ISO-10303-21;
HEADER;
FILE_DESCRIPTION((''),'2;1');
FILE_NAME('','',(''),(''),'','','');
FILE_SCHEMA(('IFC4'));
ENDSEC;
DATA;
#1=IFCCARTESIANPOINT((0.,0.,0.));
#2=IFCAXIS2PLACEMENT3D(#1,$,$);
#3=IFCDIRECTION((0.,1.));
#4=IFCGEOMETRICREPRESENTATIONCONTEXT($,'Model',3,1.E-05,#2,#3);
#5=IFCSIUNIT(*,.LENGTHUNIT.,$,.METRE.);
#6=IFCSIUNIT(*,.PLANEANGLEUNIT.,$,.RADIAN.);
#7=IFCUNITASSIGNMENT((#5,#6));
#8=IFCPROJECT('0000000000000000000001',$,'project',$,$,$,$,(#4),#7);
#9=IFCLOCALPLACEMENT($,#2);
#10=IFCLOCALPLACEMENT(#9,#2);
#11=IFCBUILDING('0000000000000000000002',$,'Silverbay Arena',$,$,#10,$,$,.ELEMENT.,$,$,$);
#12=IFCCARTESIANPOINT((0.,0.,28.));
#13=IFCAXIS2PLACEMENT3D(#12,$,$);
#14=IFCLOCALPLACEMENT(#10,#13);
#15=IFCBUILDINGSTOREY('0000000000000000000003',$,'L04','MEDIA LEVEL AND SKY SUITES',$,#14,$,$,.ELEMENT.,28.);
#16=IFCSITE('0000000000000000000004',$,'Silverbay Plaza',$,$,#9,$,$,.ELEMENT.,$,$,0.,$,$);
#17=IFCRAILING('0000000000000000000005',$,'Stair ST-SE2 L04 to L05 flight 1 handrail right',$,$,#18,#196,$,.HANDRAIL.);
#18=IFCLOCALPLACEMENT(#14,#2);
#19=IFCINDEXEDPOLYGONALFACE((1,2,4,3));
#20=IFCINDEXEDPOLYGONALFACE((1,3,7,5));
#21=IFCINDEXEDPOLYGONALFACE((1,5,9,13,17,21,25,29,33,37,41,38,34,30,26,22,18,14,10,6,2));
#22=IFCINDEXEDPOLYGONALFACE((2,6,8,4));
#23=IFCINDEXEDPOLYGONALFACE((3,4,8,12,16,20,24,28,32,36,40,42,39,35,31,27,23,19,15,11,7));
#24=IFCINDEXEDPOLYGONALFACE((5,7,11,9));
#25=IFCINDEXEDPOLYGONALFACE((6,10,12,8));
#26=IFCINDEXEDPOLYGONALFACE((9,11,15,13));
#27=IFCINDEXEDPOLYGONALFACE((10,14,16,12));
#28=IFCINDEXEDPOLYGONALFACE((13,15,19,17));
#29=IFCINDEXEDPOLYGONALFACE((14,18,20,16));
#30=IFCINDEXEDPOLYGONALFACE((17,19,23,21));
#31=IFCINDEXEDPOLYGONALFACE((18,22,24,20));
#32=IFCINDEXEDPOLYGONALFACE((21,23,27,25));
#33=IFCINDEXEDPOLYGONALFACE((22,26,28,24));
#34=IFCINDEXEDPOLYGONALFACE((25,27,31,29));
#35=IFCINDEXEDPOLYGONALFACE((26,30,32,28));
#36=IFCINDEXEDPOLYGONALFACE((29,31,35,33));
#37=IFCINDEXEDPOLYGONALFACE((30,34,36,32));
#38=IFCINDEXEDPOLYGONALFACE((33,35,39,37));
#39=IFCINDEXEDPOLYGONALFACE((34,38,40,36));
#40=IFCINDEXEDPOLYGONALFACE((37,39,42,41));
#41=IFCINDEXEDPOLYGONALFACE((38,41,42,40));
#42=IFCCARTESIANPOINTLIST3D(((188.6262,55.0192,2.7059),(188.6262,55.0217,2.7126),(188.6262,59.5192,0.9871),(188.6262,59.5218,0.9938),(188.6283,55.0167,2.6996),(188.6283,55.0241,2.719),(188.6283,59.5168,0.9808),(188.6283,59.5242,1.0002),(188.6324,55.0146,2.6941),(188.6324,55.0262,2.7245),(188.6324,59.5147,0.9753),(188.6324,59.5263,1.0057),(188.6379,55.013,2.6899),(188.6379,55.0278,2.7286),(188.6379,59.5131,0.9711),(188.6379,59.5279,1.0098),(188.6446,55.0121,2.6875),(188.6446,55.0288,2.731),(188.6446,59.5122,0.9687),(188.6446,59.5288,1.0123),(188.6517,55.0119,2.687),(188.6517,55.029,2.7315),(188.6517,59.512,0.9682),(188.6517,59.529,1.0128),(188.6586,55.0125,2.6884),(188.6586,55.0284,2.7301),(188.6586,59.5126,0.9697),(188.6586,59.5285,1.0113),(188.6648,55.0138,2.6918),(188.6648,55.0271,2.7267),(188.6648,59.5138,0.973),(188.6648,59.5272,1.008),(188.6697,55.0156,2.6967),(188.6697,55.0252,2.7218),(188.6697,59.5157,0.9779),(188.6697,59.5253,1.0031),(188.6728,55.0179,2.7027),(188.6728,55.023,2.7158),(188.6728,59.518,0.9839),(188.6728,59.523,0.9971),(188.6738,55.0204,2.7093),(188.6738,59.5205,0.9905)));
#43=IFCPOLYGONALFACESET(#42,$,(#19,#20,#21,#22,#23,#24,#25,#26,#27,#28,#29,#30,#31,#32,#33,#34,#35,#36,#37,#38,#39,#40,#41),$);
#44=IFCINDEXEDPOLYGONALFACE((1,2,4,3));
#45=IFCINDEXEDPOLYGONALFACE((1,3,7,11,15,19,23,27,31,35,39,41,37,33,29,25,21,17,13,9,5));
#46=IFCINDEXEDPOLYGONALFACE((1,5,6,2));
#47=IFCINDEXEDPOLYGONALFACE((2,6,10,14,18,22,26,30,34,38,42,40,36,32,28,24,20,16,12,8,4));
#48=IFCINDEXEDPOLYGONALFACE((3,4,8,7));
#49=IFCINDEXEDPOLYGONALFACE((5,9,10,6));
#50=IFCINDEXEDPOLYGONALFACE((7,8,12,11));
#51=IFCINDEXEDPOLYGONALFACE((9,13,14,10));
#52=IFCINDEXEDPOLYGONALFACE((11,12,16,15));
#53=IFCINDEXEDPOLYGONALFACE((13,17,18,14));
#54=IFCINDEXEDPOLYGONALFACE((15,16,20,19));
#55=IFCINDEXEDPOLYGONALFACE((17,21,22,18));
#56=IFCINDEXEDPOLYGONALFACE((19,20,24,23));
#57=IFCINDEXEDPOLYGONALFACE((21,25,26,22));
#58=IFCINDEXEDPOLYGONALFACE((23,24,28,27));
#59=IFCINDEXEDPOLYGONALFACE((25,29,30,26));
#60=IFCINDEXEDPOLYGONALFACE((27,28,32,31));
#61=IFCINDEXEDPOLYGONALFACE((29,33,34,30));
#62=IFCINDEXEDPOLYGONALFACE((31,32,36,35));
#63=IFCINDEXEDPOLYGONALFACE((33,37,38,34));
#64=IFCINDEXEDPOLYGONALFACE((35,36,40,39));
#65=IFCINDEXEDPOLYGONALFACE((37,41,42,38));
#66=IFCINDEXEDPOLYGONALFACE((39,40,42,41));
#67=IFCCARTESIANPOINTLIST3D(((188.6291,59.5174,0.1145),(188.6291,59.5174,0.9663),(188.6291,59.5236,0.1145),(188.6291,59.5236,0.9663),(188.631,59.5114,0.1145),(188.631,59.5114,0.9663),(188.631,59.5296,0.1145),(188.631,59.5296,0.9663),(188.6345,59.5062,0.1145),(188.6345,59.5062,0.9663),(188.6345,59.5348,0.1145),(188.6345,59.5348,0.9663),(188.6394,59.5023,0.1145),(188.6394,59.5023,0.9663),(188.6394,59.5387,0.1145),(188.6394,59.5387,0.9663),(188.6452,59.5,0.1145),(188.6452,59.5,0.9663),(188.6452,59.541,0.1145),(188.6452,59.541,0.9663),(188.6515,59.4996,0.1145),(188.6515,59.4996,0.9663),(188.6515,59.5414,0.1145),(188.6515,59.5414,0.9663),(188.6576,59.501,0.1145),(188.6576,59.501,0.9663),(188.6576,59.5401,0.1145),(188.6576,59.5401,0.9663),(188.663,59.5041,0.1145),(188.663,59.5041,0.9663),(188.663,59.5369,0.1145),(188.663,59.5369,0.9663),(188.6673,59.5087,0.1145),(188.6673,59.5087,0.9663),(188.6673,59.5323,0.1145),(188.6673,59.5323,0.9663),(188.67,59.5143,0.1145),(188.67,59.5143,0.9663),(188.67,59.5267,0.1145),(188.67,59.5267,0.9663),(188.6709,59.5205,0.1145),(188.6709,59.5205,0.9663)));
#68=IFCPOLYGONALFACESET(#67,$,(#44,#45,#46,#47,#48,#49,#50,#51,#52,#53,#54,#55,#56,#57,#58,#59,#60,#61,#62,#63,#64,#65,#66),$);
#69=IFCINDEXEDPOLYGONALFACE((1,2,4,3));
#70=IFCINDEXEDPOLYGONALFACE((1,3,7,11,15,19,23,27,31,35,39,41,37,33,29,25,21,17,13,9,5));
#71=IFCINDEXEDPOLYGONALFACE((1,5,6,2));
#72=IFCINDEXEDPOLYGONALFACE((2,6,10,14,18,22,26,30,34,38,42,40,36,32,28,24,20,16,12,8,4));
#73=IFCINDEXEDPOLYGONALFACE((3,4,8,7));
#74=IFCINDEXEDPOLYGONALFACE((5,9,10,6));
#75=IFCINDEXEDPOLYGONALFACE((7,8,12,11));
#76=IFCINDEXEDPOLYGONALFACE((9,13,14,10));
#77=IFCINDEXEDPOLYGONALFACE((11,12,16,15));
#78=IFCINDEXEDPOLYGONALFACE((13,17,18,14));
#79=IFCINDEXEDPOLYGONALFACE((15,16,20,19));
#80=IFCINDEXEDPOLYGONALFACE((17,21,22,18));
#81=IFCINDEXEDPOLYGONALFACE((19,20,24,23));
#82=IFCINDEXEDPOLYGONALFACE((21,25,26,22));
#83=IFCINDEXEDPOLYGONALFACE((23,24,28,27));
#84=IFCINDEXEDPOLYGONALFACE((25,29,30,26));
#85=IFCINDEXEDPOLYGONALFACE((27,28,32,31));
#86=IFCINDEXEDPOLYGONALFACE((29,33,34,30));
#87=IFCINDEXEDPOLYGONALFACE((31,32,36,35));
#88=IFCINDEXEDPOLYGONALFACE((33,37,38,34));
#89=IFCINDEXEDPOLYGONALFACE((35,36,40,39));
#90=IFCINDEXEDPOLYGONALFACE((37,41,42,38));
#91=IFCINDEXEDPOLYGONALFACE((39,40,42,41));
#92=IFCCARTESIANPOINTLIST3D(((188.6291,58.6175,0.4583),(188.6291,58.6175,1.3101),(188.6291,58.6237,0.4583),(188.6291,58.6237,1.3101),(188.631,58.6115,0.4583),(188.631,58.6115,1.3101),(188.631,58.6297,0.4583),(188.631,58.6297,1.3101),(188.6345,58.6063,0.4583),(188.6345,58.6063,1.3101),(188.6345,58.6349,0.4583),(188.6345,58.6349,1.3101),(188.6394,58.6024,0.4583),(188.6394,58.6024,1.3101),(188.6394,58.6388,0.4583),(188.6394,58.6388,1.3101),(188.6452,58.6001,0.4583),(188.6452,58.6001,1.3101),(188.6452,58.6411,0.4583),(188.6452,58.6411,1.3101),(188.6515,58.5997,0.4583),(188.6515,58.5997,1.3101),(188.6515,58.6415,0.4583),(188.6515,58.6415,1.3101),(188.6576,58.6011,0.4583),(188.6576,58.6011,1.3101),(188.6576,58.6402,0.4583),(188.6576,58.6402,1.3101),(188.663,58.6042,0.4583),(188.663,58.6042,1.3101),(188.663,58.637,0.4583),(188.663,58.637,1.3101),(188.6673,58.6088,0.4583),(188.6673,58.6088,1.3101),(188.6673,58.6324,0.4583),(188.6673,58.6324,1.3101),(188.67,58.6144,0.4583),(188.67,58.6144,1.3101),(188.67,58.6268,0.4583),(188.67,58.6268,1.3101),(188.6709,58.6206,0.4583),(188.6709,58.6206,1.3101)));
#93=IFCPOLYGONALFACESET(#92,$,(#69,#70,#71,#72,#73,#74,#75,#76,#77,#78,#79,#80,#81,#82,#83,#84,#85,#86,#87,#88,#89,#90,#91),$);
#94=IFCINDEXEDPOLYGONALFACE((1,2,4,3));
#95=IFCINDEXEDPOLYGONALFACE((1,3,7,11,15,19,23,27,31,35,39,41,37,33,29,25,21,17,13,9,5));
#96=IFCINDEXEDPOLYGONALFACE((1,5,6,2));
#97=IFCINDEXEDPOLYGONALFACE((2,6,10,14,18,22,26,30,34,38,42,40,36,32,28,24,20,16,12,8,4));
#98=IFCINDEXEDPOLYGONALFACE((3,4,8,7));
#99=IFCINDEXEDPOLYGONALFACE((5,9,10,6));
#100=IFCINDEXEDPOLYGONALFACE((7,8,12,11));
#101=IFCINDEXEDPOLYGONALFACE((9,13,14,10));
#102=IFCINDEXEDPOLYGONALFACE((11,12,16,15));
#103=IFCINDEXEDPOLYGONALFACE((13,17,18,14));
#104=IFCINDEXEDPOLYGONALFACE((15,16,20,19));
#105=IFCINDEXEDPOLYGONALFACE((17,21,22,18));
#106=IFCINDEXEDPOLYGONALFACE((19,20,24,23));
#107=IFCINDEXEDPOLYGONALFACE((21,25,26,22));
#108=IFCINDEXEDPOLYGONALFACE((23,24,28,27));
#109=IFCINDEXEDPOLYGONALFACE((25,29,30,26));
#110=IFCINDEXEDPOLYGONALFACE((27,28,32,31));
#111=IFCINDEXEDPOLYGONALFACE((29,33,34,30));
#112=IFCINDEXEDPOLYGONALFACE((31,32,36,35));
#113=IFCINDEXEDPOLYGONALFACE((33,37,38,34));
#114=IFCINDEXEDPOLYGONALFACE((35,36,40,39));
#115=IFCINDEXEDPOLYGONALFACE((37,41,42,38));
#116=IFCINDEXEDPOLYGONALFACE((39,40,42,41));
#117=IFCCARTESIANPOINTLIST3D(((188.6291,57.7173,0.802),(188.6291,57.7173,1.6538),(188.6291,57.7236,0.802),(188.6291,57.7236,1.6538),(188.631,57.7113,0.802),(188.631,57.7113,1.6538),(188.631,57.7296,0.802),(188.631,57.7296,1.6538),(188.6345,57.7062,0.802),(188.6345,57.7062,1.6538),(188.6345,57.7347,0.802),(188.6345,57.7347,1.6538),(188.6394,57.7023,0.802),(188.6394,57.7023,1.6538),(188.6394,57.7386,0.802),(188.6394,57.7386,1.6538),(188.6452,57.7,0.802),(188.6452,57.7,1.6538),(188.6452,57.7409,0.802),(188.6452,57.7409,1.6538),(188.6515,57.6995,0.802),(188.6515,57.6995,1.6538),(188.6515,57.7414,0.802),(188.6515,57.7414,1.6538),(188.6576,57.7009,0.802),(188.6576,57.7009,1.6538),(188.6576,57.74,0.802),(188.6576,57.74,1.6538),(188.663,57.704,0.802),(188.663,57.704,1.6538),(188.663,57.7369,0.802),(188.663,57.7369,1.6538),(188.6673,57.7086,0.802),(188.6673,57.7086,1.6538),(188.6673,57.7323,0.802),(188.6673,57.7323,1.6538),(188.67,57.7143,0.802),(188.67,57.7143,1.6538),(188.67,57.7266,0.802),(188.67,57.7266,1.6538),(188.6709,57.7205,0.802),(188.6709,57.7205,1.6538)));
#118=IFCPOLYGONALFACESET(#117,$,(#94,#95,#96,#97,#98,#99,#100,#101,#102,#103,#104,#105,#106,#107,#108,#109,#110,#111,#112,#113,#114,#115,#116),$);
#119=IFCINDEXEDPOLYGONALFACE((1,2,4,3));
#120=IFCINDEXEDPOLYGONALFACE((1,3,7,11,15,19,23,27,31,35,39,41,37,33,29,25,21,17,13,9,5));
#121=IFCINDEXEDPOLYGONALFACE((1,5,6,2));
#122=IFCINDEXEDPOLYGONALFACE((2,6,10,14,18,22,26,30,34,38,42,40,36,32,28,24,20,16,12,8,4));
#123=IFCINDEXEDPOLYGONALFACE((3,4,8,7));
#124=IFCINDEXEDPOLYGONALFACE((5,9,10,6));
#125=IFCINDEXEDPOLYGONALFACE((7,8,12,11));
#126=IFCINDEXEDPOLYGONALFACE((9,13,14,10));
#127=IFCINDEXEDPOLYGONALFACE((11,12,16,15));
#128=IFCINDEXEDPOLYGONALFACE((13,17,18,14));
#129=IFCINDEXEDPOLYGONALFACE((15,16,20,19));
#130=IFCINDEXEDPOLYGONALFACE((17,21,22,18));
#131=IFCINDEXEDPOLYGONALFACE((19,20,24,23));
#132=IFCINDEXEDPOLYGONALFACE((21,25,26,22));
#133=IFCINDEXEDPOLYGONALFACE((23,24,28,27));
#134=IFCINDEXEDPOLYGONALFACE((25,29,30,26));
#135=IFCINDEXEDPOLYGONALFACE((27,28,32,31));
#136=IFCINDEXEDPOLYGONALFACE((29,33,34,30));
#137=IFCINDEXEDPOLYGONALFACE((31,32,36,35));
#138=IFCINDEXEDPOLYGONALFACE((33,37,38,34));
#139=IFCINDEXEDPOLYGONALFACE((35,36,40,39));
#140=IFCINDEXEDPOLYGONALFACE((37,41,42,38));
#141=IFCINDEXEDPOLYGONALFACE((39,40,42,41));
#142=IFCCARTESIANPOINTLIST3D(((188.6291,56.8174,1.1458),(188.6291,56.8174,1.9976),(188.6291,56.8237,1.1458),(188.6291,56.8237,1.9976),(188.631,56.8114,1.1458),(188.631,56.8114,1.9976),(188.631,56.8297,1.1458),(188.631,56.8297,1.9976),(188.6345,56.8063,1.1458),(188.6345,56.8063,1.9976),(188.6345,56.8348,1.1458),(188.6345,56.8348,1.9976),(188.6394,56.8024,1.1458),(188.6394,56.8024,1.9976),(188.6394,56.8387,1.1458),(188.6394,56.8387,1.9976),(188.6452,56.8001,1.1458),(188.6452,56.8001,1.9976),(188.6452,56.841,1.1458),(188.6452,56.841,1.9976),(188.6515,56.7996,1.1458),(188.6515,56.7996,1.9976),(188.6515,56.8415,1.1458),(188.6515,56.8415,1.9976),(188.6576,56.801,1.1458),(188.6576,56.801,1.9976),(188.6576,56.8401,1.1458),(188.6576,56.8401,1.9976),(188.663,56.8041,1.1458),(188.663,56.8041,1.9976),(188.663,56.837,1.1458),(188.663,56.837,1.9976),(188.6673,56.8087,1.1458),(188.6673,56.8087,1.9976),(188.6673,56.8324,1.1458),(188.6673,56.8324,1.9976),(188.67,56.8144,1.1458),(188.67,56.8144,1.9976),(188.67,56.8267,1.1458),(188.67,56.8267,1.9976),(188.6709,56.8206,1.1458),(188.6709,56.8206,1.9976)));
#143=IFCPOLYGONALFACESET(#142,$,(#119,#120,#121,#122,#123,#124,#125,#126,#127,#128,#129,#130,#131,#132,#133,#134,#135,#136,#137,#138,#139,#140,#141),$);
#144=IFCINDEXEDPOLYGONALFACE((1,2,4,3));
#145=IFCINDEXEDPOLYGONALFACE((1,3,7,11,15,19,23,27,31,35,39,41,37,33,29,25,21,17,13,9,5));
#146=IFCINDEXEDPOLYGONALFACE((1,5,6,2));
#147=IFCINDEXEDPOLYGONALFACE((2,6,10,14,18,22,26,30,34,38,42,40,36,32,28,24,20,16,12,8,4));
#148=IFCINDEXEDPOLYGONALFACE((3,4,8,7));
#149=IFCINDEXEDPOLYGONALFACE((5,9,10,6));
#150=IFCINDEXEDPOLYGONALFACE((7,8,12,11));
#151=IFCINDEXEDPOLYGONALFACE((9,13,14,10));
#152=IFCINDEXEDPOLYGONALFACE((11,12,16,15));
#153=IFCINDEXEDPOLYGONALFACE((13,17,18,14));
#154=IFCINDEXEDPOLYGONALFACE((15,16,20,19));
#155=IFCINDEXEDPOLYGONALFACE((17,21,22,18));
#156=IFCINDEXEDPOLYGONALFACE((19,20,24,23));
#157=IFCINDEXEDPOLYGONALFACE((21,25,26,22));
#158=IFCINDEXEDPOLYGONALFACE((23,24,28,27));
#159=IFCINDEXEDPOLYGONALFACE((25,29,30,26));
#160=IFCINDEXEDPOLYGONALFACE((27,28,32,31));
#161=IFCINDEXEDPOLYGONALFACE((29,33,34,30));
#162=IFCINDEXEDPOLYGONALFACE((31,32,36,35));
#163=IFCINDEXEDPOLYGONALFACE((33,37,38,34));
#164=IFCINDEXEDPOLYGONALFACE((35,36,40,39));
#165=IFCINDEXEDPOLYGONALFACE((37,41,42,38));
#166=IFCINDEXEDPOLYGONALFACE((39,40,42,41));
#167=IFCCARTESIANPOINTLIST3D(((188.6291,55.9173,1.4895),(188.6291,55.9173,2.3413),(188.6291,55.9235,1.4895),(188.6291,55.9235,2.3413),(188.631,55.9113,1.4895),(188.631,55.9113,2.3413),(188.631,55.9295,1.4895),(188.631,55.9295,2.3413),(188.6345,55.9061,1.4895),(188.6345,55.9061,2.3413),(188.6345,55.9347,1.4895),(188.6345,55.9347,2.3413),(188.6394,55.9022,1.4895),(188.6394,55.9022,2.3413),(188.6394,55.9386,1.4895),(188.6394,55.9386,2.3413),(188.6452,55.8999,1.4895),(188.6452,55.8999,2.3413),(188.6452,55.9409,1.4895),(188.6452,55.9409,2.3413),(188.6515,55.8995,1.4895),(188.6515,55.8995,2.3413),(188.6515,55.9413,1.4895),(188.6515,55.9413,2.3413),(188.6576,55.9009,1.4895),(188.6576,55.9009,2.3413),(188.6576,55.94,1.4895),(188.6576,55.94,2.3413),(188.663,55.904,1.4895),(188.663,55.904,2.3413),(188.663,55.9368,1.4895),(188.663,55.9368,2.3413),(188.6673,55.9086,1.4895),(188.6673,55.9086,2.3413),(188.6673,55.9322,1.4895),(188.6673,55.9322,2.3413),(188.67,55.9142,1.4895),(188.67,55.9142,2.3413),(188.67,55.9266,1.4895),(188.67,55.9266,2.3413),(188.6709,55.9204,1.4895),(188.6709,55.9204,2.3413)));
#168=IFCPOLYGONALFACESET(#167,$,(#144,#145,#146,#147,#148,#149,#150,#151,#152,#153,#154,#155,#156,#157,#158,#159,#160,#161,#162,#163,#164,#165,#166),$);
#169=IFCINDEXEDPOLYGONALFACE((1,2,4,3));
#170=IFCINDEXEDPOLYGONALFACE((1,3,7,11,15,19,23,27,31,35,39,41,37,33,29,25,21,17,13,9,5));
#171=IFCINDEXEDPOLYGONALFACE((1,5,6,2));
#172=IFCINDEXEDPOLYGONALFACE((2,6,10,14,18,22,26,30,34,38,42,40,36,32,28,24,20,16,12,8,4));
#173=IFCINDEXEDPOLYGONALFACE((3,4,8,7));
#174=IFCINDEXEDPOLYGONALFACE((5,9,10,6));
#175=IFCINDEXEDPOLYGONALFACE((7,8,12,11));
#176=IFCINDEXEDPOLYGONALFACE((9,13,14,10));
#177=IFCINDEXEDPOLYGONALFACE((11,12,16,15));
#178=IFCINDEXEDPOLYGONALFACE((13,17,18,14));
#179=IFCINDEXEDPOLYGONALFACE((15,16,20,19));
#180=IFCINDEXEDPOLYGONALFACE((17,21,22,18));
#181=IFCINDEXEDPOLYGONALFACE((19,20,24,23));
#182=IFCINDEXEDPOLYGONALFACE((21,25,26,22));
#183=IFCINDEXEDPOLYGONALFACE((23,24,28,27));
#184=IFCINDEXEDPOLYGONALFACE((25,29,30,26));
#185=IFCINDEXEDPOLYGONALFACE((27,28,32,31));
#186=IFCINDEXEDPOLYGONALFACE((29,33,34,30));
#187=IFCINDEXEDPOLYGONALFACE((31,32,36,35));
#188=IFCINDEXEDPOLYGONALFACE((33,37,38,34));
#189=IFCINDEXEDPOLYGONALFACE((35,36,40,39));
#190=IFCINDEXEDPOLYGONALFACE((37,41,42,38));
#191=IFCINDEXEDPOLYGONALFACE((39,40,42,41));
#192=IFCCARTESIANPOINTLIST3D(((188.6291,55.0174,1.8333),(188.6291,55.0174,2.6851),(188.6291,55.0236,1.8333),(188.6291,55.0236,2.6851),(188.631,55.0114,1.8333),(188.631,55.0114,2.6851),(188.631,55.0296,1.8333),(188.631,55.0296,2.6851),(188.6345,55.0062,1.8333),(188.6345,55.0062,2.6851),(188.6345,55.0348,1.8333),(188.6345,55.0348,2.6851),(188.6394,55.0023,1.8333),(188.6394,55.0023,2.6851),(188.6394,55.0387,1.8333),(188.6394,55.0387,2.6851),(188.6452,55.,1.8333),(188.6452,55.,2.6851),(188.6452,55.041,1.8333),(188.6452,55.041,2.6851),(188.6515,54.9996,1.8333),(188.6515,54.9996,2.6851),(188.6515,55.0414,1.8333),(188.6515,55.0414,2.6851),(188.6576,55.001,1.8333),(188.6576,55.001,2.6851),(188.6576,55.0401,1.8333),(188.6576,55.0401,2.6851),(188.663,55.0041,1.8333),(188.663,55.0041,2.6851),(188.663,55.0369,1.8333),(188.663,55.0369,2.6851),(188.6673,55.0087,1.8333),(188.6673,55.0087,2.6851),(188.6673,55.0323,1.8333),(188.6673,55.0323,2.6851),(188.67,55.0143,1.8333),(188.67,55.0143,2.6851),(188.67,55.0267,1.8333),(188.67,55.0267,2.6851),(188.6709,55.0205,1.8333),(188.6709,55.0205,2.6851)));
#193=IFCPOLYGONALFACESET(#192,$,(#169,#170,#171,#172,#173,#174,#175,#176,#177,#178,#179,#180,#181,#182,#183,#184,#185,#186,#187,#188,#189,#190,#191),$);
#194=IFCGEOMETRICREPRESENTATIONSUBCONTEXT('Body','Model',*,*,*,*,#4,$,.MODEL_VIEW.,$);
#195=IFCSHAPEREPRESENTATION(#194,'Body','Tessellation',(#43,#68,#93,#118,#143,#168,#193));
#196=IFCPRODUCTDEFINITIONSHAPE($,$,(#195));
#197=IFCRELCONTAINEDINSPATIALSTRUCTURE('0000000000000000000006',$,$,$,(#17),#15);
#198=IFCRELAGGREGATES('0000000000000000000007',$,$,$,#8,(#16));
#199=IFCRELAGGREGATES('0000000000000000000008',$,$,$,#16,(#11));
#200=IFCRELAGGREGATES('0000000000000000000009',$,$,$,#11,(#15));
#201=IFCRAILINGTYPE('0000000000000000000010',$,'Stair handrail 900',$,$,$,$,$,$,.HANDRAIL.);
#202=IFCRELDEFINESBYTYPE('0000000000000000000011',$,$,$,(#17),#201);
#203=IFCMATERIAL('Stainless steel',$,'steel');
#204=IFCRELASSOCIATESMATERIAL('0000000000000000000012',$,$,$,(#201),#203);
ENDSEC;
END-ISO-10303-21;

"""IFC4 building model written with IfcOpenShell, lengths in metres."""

from ifc_helpers import new_model, si_unit, direction, frame, origin, origin_2d, place, context, subcontext, project, spatial, circle, extrude, material, type_object, element, save


model = new_model("IFC4")

# Units and contexts
model_context = context("Model", 3, precision=1e-05, world=origin(), true_north=direction((0.0, 1.0)))
body_context = subcontext(model_context, "Body", "Model", "MODEL_VIEW")
ifc_project = project(units=[si_unit("LENGTHUNIT", "METRE"), si_unit("PLANEANGLEUNIT", "RADIAN")], contexts=[model_context])

# Site, building, storey
site_placement = place(None, origin())
site = spatial("IfcSite", under=ifc_project, at=site_placement, Name="Silverbay Plaza", CompositionType="ELEMENT", RefElevation=0.0)
building_placement = place(site_placement, origin())
building = spatial("IfcBuilding", under=site, at=building_placement, Name="Silverbay Arena", CompositionType="ELEMENT")
storey_placement = place(building_placement, frame((0.0, 0.0, 28.0)))
storey = spatial("IfcBuildingStorey", under=building, at=storey_placement, Name="L04", Description="MEDIA LEVEL AND SKY SUITES", CompositionType="ELEMENT", Elevation=28.0)

# Railing
ifc_material_1 = material(Name="Stainless steel", Category="steel")
railing_type_1 = type_object("IfcRailingType", Name="Stair handrail 900", PredefinedType="HANDRAIL", material=ifc_material_1)
for number, where, name in (
    (1, (188.6499, 59.5205, 0.1145), "Stair ST-SE2 L04 to L05 flight 1 handrail right"),
):
    element("IfcRailing", number, at=place(storey_placement, frame(where)), inside=storey, type_object=railing_type_1, Name=name, PredefinedType="HANDRAIL", context=body_context, shape_type="SweptSolid", body=[
        extrude(circle(Radius=0.0239, at=origin_2d()), frame((0.0, 0.0, 0.876), z_axis=(0.0, -0.934179, 0.356805), x_axis=(1.0, 0.0, 0.0)), (0.0, 0.0, 1.0), 4.8171),
        extrude(circle(Radius=0.021, at=origin_2d()), origin(), (0.0, 0.0, 1.0), 0.8518),
        extrude(circle(Radius=0.021, at=origin_2d()), frame((0.0, -0.8999, 0.3438)), (0.0, 0.0, 1.0), 0.8518),
        extrude(circle(Radius=0.021, at=origin_2d()), frame((0.0, -1.8, 0.6875)), (0.0, 0.0, 1.0), 0.8518),
        extrude(circle(Radius=0.021, at=origin_2d()), frame((0.0, -2.7, 1.0312)), (0.0, 0.0, 1.0), 0.8518),
        extrude(circle(Radius=0.021, at=origin_2d()), frame((0.0, -3.6001, 1.375)), (0.0, 0.0, 1.0), 0.8518),
        extrude(circle(Radius=0.021, at=origin_2d()), frame((0.0, -4.5, 1.7188)), (0.0, 0.0, 1.0), 0.8518),
    ])

save(model, "model.ifc")
